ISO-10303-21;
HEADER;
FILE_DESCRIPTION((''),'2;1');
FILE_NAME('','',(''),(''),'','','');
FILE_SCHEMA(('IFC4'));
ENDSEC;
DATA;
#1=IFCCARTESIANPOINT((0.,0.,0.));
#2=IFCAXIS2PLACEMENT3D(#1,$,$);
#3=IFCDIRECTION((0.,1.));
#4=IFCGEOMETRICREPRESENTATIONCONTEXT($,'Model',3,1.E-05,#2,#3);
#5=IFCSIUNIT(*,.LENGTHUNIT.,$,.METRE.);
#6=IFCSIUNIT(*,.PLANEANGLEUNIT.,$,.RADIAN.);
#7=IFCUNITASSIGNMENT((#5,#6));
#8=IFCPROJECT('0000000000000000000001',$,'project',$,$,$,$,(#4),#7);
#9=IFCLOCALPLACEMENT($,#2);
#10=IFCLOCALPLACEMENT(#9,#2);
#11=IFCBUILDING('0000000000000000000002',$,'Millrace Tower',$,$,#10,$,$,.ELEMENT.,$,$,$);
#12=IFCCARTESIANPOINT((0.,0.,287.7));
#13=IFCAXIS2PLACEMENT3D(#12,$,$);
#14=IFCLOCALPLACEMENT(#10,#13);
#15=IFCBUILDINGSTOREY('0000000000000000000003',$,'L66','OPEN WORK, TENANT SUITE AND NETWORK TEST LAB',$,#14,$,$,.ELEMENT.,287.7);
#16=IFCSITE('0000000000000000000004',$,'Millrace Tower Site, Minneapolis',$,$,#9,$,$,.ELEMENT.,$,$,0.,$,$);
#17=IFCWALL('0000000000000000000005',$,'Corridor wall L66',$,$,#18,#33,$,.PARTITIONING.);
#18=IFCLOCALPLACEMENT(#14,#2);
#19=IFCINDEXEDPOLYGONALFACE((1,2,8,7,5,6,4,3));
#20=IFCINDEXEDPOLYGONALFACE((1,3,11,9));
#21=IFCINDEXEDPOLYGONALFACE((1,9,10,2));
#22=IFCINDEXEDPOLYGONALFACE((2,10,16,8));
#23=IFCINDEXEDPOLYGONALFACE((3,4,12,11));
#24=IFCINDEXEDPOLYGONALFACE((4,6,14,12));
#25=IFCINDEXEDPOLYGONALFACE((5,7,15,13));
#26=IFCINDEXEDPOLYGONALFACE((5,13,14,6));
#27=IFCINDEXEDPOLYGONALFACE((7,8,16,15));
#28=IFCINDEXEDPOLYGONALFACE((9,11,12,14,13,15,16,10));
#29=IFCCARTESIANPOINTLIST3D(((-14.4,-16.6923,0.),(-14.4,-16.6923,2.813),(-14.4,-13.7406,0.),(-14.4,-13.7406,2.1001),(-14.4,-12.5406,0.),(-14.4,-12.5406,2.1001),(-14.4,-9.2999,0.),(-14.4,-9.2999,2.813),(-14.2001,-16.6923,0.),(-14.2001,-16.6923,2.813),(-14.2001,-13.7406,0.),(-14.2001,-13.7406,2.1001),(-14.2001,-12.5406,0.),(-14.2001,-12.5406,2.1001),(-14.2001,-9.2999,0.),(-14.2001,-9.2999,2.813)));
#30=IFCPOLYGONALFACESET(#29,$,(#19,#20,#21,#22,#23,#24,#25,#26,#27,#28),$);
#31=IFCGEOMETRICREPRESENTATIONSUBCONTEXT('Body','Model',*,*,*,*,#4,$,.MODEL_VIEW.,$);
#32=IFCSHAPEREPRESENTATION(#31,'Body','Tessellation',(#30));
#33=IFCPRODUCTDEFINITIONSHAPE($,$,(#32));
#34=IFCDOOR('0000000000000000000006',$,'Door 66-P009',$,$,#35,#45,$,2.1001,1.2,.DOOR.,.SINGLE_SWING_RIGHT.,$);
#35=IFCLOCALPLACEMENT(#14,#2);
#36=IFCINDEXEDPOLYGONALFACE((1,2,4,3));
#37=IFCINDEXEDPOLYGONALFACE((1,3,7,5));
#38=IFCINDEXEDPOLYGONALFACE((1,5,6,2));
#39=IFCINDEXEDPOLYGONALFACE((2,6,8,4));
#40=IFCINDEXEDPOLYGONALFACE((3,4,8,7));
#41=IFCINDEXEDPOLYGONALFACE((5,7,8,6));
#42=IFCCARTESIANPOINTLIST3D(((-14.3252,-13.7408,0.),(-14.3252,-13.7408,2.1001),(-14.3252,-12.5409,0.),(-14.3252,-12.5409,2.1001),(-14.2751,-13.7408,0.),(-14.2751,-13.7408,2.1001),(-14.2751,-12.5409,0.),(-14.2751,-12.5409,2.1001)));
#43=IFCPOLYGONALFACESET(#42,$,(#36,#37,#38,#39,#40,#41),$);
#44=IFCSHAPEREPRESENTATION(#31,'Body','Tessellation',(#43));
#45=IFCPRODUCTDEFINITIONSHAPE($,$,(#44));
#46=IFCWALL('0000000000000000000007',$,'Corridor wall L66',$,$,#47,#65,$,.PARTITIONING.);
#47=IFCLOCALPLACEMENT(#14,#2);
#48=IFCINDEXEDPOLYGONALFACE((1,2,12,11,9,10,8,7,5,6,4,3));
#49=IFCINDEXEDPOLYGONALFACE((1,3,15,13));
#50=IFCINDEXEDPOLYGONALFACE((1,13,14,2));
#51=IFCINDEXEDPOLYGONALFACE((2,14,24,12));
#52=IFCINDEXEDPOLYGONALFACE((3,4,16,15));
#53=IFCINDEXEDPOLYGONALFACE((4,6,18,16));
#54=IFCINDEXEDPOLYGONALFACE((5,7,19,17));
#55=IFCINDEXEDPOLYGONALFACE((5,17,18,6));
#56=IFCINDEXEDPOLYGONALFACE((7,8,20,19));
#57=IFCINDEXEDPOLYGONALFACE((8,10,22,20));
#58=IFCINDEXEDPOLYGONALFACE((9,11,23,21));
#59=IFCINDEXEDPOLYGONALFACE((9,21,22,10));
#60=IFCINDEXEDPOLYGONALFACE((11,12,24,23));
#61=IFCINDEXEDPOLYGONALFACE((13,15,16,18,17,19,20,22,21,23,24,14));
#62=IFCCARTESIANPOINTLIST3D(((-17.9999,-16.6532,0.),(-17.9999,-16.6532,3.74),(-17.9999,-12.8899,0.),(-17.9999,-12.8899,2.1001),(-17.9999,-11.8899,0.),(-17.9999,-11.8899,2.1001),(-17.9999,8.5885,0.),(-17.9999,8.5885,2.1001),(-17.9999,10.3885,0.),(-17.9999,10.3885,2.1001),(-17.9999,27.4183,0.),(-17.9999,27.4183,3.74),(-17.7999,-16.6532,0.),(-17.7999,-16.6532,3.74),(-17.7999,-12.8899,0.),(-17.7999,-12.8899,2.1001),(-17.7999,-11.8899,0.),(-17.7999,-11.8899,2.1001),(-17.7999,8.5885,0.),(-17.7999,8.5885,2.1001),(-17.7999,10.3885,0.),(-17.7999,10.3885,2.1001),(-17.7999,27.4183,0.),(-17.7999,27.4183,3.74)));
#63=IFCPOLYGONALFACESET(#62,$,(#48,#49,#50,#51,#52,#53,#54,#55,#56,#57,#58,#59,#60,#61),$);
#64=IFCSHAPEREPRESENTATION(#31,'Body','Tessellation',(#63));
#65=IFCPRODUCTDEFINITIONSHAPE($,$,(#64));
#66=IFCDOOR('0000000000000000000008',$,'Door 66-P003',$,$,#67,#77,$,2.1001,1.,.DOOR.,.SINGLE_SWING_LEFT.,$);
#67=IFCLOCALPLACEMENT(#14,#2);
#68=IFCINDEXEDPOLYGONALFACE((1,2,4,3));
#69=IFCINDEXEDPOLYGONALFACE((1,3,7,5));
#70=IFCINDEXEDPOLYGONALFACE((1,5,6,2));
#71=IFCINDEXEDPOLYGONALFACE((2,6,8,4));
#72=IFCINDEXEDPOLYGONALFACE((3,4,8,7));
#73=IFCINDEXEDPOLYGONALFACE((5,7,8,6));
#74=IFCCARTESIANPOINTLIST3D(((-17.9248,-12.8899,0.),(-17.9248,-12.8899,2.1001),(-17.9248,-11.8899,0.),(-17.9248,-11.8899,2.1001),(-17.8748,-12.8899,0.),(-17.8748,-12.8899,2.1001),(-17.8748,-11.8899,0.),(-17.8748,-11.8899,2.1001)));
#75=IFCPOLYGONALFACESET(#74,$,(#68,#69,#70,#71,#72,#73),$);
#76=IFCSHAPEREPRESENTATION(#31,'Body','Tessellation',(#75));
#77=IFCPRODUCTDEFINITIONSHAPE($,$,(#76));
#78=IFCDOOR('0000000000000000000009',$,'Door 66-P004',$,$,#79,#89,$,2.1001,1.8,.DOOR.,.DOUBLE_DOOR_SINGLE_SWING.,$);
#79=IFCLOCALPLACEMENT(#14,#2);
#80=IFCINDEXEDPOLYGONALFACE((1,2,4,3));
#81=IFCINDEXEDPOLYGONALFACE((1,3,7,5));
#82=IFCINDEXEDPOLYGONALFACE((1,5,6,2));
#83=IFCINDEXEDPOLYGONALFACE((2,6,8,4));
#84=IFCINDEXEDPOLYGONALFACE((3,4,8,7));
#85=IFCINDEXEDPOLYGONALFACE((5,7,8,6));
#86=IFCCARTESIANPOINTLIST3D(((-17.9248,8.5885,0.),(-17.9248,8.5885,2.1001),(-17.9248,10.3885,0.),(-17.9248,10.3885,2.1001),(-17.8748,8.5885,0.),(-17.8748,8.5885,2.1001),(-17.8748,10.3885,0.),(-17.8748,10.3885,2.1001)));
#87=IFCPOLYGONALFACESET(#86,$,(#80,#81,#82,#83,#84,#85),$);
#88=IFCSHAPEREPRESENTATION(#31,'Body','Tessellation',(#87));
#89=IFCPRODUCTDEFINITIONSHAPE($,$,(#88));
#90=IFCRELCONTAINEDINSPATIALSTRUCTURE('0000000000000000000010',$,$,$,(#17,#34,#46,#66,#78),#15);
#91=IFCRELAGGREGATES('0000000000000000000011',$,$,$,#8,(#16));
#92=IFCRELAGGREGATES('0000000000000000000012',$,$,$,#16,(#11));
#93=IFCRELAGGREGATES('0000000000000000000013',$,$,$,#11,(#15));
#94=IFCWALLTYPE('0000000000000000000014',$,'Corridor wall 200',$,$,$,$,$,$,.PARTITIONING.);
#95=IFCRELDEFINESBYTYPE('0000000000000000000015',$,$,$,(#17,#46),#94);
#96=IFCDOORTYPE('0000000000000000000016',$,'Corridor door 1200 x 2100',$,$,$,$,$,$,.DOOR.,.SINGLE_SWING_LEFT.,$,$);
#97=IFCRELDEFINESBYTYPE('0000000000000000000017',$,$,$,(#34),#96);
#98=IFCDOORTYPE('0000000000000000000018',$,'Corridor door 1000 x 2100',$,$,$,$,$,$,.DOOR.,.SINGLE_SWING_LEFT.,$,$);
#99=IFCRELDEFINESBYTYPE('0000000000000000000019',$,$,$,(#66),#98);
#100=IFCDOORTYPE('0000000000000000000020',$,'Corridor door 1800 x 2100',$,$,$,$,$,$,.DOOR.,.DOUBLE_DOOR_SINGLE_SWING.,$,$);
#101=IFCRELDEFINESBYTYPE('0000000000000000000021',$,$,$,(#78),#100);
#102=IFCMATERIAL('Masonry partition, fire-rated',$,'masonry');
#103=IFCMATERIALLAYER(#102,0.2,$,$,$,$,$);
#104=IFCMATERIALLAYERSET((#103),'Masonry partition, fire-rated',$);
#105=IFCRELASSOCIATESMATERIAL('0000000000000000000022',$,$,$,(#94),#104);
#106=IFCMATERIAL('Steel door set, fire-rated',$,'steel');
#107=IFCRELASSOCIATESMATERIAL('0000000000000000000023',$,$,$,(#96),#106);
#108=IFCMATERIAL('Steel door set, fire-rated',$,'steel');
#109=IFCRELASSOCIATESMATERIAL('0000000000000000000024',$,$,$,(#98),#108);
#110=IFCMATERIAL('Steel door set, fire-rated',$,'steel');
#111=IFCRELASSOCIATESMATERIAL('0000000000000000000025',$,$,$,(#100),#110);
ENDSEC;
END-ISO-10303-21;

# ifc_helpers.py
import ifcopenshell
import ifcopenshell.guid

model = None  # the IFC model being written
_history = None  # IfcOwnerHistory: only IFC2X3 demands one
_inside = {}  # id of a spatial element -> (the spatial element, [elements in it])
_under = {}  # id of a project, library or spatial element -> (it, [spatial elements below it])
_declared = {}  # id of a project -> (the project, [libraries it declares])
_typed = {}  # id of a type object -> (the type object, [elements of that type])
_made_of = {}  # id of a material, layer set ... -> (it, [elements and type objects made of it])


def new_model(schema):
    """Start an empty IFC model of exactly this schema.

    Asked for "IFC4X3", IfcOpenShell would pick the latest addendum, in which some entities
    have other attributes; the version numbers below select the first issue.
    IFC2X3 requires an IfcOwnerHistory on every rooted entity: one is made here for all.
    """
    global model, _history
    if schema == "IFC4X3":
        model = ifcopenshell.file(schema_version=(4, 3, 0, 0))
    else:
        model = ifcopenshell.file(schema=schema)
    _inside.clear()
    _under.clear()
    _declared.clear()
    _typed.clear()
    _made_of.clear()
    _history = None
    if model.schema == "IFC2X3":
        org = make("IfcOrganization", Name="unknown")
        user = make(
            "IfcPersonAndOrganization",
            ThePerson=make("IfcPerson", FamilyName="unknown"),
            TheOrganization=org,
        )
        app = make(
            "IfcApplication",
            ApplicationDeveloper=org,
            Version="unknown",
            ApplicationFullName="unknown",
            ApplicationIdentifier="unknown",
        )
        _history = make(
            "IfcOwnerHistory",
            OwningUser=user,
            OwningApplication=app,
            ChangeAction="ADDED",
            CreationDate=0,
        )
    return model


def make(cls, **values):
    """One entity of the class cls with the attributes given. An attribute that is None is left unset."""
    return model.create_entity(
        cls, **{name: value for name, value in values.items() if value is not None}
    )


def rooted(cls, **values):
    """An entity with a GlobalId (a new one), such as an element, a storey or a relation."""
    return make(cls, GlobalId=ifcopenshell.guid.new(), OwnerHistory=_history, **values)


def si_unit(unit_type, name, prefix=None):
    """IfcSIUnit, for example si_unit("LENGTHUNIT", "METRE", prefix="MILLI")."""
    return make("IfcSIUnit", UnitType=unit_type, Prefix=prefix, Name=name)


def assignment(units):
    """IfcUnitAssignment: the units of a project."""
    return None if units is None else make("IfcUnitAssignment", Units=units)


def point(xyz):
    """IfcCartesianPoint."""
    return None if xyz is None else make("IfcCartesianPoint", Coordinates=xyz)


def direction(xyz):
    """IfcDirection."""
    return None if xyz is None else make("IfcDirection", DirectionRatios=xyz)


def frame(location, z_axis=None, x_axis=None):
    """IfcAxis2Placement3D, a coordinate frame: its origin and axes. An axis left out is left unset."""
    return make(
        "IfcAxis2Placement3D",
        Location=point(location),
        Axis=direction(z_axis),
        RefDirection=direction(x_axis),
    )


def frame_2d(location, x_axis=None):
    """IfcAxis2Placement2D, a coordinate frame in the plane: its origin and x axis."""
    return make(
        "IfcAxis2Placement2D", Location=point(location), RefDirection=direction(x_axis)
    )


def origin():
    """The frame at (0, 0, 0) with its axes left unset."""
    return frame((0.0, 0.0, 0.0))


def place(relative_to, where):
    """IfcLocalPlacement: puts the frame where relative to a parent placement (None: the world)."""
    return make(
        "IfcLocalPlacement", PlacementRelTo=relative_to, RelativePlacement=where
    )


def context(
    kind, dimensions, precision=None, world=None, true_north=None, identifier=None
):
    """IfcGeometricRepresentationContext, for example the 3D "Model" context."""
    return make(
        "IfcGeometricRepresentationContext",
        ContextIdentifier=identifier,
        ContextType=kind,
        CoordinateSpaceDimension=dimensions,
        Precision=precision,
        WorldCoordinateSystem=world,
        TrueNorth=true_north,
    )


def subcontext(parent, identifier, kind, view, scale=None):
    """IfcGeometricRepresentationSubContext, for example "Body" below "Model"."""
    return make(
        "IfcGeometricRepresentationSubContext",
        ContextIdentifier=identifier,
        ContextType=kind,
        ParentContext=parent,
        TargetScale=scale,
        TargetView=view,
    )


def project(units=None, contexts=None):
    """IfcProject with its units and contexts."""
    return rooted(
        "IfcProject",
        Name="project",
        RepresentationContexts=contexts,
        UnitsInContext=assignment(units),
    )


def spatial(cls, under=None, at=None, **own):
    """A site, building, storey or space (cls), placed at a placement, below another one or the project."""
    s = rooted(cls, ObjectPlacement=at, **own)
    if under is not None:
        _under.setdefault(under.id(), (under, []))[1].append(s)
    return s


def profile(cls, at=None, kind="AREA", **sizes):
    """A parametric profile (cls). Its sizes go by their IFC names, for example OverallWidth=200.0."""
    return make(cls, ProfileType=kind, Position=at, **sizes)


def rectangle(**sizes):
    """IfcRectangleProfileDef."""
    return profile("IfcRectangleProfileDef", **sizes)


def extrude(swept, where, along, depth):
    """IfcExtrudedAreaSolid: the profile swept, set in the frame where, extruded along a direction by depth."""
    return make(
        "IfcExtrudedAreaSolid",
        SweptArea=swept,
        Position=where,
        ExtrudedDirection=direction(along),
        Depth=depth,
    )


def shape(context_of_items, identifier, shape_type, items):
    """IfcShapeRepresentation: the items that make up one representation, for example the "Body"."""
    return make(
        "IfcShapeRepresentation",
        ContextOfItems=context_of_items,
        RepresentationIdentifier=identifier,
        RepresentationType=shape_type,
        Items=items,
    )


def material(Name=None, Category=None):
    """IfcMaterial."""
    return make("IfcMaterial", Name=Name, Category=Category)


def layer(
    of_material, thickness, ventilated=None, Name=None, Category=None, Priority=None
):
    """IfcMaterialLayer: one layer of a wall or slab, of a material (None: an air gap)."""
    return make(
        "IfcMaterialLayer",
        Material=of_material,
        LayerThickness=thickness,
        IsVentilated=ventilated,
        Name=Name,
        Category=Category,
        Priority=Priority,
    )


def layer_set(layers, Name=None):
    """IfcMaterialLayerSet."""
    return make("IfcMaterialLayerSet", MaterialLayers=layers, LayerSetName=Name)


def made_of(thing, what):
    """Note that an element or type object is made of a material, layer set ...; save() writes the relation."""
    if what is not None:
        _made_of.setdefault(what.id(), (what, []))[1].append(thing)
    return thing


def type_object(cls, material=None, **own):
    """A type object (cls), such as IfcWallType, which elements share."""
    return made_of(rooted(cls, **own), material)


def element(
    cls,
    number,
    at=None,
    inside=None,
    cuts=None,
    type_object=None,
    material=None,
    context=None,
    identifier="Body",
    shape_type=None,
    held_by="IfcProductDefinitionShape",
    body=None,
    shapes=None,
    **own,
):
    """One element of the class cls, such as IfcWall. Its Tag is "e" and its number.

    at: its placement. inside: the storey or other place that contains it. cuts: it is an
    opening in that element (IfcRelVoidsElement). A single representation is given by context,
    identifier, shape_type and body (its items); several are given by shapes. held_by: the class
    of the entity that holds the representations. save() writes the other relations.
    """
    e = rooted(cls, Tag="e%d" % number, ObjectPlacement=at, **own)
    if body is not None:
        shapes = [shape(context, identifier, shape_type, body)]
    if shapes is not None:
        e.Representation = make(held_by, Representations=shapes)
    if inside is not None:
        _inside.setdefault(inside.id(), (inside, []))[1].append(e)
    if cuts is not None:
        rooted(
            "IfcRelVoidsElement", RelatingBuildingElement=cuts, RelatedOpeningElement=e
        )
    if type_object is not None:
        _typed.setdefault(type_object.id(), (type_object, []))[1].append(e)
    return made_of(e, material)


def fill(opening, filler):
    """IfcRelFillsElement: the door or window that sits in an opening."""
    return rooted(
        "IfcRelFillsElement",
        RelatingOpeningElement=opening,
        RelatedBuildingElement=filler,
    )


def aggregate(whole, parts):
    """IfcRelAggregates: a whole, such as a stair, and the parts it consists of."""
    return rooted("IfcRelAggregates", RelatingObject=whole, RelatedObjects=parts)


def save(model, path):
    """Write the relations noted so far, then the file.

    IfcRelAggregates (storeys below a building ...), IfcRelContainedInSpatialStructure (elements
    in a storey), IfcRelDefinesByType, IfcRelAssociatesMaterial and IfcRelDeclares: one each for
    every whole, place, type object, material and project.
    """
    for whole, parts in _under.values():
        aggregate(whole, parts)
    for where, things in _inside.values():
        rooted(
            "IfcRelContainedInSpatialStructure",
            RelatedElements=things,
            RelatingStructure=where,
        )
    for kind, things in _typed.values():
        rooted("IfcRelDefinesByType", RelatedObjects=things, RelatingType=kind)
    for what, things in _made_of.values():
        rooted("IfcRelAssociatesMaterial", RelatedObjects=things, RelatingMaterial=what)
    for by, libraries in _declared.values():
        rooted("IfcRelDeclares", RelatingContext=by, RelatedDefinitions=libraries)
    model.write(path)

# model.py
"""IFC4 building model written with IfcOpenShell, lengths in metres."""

from ifc_helpers import new_model, si_unit, direction, frame, frame_2d, origin, place, context, subcontext, project, spatial, rectangle, extrude, material, layer, layer_set, type_object, element, fill, save


model = new_model("IFC4")

# Units and contexts
model_context = context("Model", 3, precision=1e-05, world=origin(), true_north=direction((0.0, 1.0)))
body_context = subcontext(model_context, "Body", "Model", "MODEL_VIEW")
ifc_project = project(units=[si_unit("LENGTHUNIT", "METRE"), si_unit("PLANEANGLEUNIT", "RADIAN")], contexts=[model_context])

# Site, building, storey
site_placement = place(None, origin())
site = spatial("IfcSite", under=ifc_project, at=site_placement, Name="Millrace Tower Site, Minneapolis", CompositionType="ELEMENT", RefElevation=0.0)
building_placement = place(site_placement, origin())
building = spatial("IfcBuilding", under=site, at=building_placement, Name="Millrace Tower", CompositionType="ELEMENT")
storey_placement = place(building_placement, frame((0.0, 0.0, 287.7)))
storey = spatial("IfcBuildingStorey", under=building, at=storey_placement, Name="L66", Description="OPEN WORK, TENANT SUITE AND NETWORK TEST LAB", CompositionType="ELEMENT", Elevation=287.7)

# Shared definitions
ifc_material_1 = material(Name="Masonry partition, fire-rated", Category="masonry")
ifc_layer_1 = layer(ifc_material_1, 0.2)
ifc_layer_set_1 = layer_set([ifc_layer_1], Name="Masonry partition, fire-rated")
wall_type = type_object("IfcWallType", Name="Corridor wall 200", PredefinedType="PARTITIONING", material=ifc_layer_set_1)

# Wall, opening, door
wall_1_placement = place(storey_placement, frame((-14.3, -16.6924, 0.0), z_axis=(0.0, 0.0, 1.0), x_axis=(0.0, 1.0, 0.0)))
wall_1 = element("IfcWall", 1, at=wall_1_placement, inside=storey, type_object=wall_type, Name="Corridor wall L66", PredefinedType="PARTITIONING", context=body_context, shape_type="SweptSolid", body=[
    extrude(rectangle(XDim=7.3923, YDim=0.2, at=frame_2d((3.6963, 0.0))), origin(), (0.0, 0.0, 1.0), 2.813),
])
opening_1_placement = place(wall_1_placement, frame((2.9517, 0.0, 0.0)))
opening_1 = element("IfcOpeningElement", 2, at=opening_1_placement, cuts=wall_1, PredefinedType="OPENING", context=body_context, shape_type="SweptSolid", body=[
    extrude(rectangle(XDim=1.2, YDim=2.1001, at=frame_2d((0.6001, 1.05))), frame((0.0, 0.1099, 0.0), z_axis=(0.0, -1.0, 0.0), x_axis=(1.0, 0.0, 0.0)), (0.0, 0.0, 1.0), 0.22),
])
ifc_material_2 = material(Name="Steel door set, fire-rated", Category="steel")
door_type_1 = type_object("IfcDoorType", Name="Corridor door 1200 x 2100", OperationType="SINGLE_SWING_LEFT", PredefinedType="DOOR", material=ifc_material_2)
door_1_placement = place(opening_1_placement, frame((1.2, 0.0, 0.0), z_axis=(0.0, 0.0, 1.0), x_axis=(-1.0, 0.0, 0.0)))
door_1 = element("IfcDoor", 3, at=door_1_placement, inside=storey, type_object=door_type_1, Name="Door 66-P009", OperationType="SINGLE_SWING_RIGHT", OverallHeight=2.1001, OverallWidth=1.2, PredefinedType="DOOR", context=body_context, shape_type="SweptSolid", body=[
    extrude(rectangle(XDim=1.2, YDim=2.1001, at=frame_2d((0.6001, 1.05))), frame((0.0, 0.0249, 0.0), z_axis=(0.0, -1.0, 0.0), x_axis=(1.0, 0.0, 0.0)), (0.0, 0.0, 1.0), 0.05),
])
fill(opening_1, door_1)

# Wall, openings, doors
wall_2_placement = place(storey_placement, frame((-17.8999, -16.6531, 0.0), z_axis=(0.0, 0.0, 1.0), x_axis=(0.0, 1.0, 0.0)))
wall_2 = element("IfcWall", 4, at=wall_2_placement, inside=storey, type_object=wall_type, Name="Corridor wall L66", PredefinedType="PARTITIONING", context=body_context, shape_type="SweptSolid", body=[
    extrude(rectangle(XDim=44.0715, YDim=0.2, at=frame_2d((22.0356, 0.0))), origin(), (0.0, 0.0, 1.0), 3.74),
])
opening_2_placement = place(wall_2_placement, frame((3.7632, 0.0, 0.0)))
opening_2 = element("IfcOpeningElement", 5, at=opening_2_placement, cuts=wall_2, PredefinedType="OPENING", context=body_context, shape_type="SweptSolid", body=[
    extrude(rectangle(XDim=1.0, YDim=2.1001, at=frame_2d((0.5, 1.05))), frame((0.0, 0.1099, 0.0), z_axis=(0.0, -1.0, 0.0), x_axis=(1.0, 0.0, 0.0)), (0.0, 0.0, 1.0), 0.22),
])
opening_3_placement = place(wall_2_placement, frame((25.2417, 0.0, 0.0)))
opening_3 = element("IfcOpeningElement", 6, at=opening_3_placement, cuts=wall_2, PredefinedType="OPENING", context=body_context, shape_type="SweptSolid", body=[
    extrude(rectangle(XDim=1.8, YDim=2.1001, at=frame_2d((0.8999, 1.05))), frame((0.0, 0.1099, 0.0), z_axis=(0.0, -1.0, 0.0), x_axis=(1.0, 0.0, 0.0)), (0.0, 0.0, 1.0), 0.22),
])
ifc_material_3 = material(Name="Steel door set, fire-rated", Category="steel")
door_type_2 = type_object("IfcDoorType", Name="Corridor door 1000 x 2100", OperationType="SINGLE_SWING_LEFT", PredefinedType="DOOR", material=ifc_material_3)
door_2_placement = place(opening_2_placement, origin())
door_2 = element("IfcDoor", 7, at=door_2_placement, inside=storey, type_object=door_type_2, Name="Door 66-P003", OperationType="SINGLE_SWING_LEFT", OverallHeight=2.1001, OverallWidth=1.0, PredefinedType="DOOR", context=body_context, shape_type="SweptSolid", body=[
    extrude(rectangle(XDim=1.0, YDim=2.1001, at=frame_2d((0.5, 1.05))), frame((0.0, 0.0249, 0.0), z_axis=(0.0, -1.0, 0.0), x_axis=(1.0, 0.0, 0.0)), (0.0, 0.0, 1.0), 0.05),
])
fill(opening_2, door_2)
ifc_material_4 = material(Name="Steel door set, fire-rated", Category="steel")
door_type_3 = type_object("IfcDoorType", Name="Corridor door 1800 x 2100", OperationType="DOUBLE_DOOR_SINGLE_SWING", PredefinedType="DOOR", material=ifc_material_4)
door_3_placement = place(opening_3_placement, origin())
door_3 = element("IfcDoor", 8, at=door_3_placement, inside=storey, type_object=door_type_3, Name="Door 66-P004", OperationType="DOUBLE_DOOR_SINGLE_SWING", OverallHeight=2.1001, OverallWidth=1.8, PredefinedType="DOOR", context=body_context, shape_type="SweptSolid", body=[
    extrude(rectangle(XDim=1.8, YDim=2.1001, at=frame_2d((0.8999, 1.05))), frame((0.0, 0.0249, 0.0), z_axis=(0.0, -1.0, 0.0), x_axis=(1.0, 0.0, 0.0)), (0.0, 0.0, 1.0), 0.05),
])
fill(opening_3, door_3)

save(model, "model.ifc")
